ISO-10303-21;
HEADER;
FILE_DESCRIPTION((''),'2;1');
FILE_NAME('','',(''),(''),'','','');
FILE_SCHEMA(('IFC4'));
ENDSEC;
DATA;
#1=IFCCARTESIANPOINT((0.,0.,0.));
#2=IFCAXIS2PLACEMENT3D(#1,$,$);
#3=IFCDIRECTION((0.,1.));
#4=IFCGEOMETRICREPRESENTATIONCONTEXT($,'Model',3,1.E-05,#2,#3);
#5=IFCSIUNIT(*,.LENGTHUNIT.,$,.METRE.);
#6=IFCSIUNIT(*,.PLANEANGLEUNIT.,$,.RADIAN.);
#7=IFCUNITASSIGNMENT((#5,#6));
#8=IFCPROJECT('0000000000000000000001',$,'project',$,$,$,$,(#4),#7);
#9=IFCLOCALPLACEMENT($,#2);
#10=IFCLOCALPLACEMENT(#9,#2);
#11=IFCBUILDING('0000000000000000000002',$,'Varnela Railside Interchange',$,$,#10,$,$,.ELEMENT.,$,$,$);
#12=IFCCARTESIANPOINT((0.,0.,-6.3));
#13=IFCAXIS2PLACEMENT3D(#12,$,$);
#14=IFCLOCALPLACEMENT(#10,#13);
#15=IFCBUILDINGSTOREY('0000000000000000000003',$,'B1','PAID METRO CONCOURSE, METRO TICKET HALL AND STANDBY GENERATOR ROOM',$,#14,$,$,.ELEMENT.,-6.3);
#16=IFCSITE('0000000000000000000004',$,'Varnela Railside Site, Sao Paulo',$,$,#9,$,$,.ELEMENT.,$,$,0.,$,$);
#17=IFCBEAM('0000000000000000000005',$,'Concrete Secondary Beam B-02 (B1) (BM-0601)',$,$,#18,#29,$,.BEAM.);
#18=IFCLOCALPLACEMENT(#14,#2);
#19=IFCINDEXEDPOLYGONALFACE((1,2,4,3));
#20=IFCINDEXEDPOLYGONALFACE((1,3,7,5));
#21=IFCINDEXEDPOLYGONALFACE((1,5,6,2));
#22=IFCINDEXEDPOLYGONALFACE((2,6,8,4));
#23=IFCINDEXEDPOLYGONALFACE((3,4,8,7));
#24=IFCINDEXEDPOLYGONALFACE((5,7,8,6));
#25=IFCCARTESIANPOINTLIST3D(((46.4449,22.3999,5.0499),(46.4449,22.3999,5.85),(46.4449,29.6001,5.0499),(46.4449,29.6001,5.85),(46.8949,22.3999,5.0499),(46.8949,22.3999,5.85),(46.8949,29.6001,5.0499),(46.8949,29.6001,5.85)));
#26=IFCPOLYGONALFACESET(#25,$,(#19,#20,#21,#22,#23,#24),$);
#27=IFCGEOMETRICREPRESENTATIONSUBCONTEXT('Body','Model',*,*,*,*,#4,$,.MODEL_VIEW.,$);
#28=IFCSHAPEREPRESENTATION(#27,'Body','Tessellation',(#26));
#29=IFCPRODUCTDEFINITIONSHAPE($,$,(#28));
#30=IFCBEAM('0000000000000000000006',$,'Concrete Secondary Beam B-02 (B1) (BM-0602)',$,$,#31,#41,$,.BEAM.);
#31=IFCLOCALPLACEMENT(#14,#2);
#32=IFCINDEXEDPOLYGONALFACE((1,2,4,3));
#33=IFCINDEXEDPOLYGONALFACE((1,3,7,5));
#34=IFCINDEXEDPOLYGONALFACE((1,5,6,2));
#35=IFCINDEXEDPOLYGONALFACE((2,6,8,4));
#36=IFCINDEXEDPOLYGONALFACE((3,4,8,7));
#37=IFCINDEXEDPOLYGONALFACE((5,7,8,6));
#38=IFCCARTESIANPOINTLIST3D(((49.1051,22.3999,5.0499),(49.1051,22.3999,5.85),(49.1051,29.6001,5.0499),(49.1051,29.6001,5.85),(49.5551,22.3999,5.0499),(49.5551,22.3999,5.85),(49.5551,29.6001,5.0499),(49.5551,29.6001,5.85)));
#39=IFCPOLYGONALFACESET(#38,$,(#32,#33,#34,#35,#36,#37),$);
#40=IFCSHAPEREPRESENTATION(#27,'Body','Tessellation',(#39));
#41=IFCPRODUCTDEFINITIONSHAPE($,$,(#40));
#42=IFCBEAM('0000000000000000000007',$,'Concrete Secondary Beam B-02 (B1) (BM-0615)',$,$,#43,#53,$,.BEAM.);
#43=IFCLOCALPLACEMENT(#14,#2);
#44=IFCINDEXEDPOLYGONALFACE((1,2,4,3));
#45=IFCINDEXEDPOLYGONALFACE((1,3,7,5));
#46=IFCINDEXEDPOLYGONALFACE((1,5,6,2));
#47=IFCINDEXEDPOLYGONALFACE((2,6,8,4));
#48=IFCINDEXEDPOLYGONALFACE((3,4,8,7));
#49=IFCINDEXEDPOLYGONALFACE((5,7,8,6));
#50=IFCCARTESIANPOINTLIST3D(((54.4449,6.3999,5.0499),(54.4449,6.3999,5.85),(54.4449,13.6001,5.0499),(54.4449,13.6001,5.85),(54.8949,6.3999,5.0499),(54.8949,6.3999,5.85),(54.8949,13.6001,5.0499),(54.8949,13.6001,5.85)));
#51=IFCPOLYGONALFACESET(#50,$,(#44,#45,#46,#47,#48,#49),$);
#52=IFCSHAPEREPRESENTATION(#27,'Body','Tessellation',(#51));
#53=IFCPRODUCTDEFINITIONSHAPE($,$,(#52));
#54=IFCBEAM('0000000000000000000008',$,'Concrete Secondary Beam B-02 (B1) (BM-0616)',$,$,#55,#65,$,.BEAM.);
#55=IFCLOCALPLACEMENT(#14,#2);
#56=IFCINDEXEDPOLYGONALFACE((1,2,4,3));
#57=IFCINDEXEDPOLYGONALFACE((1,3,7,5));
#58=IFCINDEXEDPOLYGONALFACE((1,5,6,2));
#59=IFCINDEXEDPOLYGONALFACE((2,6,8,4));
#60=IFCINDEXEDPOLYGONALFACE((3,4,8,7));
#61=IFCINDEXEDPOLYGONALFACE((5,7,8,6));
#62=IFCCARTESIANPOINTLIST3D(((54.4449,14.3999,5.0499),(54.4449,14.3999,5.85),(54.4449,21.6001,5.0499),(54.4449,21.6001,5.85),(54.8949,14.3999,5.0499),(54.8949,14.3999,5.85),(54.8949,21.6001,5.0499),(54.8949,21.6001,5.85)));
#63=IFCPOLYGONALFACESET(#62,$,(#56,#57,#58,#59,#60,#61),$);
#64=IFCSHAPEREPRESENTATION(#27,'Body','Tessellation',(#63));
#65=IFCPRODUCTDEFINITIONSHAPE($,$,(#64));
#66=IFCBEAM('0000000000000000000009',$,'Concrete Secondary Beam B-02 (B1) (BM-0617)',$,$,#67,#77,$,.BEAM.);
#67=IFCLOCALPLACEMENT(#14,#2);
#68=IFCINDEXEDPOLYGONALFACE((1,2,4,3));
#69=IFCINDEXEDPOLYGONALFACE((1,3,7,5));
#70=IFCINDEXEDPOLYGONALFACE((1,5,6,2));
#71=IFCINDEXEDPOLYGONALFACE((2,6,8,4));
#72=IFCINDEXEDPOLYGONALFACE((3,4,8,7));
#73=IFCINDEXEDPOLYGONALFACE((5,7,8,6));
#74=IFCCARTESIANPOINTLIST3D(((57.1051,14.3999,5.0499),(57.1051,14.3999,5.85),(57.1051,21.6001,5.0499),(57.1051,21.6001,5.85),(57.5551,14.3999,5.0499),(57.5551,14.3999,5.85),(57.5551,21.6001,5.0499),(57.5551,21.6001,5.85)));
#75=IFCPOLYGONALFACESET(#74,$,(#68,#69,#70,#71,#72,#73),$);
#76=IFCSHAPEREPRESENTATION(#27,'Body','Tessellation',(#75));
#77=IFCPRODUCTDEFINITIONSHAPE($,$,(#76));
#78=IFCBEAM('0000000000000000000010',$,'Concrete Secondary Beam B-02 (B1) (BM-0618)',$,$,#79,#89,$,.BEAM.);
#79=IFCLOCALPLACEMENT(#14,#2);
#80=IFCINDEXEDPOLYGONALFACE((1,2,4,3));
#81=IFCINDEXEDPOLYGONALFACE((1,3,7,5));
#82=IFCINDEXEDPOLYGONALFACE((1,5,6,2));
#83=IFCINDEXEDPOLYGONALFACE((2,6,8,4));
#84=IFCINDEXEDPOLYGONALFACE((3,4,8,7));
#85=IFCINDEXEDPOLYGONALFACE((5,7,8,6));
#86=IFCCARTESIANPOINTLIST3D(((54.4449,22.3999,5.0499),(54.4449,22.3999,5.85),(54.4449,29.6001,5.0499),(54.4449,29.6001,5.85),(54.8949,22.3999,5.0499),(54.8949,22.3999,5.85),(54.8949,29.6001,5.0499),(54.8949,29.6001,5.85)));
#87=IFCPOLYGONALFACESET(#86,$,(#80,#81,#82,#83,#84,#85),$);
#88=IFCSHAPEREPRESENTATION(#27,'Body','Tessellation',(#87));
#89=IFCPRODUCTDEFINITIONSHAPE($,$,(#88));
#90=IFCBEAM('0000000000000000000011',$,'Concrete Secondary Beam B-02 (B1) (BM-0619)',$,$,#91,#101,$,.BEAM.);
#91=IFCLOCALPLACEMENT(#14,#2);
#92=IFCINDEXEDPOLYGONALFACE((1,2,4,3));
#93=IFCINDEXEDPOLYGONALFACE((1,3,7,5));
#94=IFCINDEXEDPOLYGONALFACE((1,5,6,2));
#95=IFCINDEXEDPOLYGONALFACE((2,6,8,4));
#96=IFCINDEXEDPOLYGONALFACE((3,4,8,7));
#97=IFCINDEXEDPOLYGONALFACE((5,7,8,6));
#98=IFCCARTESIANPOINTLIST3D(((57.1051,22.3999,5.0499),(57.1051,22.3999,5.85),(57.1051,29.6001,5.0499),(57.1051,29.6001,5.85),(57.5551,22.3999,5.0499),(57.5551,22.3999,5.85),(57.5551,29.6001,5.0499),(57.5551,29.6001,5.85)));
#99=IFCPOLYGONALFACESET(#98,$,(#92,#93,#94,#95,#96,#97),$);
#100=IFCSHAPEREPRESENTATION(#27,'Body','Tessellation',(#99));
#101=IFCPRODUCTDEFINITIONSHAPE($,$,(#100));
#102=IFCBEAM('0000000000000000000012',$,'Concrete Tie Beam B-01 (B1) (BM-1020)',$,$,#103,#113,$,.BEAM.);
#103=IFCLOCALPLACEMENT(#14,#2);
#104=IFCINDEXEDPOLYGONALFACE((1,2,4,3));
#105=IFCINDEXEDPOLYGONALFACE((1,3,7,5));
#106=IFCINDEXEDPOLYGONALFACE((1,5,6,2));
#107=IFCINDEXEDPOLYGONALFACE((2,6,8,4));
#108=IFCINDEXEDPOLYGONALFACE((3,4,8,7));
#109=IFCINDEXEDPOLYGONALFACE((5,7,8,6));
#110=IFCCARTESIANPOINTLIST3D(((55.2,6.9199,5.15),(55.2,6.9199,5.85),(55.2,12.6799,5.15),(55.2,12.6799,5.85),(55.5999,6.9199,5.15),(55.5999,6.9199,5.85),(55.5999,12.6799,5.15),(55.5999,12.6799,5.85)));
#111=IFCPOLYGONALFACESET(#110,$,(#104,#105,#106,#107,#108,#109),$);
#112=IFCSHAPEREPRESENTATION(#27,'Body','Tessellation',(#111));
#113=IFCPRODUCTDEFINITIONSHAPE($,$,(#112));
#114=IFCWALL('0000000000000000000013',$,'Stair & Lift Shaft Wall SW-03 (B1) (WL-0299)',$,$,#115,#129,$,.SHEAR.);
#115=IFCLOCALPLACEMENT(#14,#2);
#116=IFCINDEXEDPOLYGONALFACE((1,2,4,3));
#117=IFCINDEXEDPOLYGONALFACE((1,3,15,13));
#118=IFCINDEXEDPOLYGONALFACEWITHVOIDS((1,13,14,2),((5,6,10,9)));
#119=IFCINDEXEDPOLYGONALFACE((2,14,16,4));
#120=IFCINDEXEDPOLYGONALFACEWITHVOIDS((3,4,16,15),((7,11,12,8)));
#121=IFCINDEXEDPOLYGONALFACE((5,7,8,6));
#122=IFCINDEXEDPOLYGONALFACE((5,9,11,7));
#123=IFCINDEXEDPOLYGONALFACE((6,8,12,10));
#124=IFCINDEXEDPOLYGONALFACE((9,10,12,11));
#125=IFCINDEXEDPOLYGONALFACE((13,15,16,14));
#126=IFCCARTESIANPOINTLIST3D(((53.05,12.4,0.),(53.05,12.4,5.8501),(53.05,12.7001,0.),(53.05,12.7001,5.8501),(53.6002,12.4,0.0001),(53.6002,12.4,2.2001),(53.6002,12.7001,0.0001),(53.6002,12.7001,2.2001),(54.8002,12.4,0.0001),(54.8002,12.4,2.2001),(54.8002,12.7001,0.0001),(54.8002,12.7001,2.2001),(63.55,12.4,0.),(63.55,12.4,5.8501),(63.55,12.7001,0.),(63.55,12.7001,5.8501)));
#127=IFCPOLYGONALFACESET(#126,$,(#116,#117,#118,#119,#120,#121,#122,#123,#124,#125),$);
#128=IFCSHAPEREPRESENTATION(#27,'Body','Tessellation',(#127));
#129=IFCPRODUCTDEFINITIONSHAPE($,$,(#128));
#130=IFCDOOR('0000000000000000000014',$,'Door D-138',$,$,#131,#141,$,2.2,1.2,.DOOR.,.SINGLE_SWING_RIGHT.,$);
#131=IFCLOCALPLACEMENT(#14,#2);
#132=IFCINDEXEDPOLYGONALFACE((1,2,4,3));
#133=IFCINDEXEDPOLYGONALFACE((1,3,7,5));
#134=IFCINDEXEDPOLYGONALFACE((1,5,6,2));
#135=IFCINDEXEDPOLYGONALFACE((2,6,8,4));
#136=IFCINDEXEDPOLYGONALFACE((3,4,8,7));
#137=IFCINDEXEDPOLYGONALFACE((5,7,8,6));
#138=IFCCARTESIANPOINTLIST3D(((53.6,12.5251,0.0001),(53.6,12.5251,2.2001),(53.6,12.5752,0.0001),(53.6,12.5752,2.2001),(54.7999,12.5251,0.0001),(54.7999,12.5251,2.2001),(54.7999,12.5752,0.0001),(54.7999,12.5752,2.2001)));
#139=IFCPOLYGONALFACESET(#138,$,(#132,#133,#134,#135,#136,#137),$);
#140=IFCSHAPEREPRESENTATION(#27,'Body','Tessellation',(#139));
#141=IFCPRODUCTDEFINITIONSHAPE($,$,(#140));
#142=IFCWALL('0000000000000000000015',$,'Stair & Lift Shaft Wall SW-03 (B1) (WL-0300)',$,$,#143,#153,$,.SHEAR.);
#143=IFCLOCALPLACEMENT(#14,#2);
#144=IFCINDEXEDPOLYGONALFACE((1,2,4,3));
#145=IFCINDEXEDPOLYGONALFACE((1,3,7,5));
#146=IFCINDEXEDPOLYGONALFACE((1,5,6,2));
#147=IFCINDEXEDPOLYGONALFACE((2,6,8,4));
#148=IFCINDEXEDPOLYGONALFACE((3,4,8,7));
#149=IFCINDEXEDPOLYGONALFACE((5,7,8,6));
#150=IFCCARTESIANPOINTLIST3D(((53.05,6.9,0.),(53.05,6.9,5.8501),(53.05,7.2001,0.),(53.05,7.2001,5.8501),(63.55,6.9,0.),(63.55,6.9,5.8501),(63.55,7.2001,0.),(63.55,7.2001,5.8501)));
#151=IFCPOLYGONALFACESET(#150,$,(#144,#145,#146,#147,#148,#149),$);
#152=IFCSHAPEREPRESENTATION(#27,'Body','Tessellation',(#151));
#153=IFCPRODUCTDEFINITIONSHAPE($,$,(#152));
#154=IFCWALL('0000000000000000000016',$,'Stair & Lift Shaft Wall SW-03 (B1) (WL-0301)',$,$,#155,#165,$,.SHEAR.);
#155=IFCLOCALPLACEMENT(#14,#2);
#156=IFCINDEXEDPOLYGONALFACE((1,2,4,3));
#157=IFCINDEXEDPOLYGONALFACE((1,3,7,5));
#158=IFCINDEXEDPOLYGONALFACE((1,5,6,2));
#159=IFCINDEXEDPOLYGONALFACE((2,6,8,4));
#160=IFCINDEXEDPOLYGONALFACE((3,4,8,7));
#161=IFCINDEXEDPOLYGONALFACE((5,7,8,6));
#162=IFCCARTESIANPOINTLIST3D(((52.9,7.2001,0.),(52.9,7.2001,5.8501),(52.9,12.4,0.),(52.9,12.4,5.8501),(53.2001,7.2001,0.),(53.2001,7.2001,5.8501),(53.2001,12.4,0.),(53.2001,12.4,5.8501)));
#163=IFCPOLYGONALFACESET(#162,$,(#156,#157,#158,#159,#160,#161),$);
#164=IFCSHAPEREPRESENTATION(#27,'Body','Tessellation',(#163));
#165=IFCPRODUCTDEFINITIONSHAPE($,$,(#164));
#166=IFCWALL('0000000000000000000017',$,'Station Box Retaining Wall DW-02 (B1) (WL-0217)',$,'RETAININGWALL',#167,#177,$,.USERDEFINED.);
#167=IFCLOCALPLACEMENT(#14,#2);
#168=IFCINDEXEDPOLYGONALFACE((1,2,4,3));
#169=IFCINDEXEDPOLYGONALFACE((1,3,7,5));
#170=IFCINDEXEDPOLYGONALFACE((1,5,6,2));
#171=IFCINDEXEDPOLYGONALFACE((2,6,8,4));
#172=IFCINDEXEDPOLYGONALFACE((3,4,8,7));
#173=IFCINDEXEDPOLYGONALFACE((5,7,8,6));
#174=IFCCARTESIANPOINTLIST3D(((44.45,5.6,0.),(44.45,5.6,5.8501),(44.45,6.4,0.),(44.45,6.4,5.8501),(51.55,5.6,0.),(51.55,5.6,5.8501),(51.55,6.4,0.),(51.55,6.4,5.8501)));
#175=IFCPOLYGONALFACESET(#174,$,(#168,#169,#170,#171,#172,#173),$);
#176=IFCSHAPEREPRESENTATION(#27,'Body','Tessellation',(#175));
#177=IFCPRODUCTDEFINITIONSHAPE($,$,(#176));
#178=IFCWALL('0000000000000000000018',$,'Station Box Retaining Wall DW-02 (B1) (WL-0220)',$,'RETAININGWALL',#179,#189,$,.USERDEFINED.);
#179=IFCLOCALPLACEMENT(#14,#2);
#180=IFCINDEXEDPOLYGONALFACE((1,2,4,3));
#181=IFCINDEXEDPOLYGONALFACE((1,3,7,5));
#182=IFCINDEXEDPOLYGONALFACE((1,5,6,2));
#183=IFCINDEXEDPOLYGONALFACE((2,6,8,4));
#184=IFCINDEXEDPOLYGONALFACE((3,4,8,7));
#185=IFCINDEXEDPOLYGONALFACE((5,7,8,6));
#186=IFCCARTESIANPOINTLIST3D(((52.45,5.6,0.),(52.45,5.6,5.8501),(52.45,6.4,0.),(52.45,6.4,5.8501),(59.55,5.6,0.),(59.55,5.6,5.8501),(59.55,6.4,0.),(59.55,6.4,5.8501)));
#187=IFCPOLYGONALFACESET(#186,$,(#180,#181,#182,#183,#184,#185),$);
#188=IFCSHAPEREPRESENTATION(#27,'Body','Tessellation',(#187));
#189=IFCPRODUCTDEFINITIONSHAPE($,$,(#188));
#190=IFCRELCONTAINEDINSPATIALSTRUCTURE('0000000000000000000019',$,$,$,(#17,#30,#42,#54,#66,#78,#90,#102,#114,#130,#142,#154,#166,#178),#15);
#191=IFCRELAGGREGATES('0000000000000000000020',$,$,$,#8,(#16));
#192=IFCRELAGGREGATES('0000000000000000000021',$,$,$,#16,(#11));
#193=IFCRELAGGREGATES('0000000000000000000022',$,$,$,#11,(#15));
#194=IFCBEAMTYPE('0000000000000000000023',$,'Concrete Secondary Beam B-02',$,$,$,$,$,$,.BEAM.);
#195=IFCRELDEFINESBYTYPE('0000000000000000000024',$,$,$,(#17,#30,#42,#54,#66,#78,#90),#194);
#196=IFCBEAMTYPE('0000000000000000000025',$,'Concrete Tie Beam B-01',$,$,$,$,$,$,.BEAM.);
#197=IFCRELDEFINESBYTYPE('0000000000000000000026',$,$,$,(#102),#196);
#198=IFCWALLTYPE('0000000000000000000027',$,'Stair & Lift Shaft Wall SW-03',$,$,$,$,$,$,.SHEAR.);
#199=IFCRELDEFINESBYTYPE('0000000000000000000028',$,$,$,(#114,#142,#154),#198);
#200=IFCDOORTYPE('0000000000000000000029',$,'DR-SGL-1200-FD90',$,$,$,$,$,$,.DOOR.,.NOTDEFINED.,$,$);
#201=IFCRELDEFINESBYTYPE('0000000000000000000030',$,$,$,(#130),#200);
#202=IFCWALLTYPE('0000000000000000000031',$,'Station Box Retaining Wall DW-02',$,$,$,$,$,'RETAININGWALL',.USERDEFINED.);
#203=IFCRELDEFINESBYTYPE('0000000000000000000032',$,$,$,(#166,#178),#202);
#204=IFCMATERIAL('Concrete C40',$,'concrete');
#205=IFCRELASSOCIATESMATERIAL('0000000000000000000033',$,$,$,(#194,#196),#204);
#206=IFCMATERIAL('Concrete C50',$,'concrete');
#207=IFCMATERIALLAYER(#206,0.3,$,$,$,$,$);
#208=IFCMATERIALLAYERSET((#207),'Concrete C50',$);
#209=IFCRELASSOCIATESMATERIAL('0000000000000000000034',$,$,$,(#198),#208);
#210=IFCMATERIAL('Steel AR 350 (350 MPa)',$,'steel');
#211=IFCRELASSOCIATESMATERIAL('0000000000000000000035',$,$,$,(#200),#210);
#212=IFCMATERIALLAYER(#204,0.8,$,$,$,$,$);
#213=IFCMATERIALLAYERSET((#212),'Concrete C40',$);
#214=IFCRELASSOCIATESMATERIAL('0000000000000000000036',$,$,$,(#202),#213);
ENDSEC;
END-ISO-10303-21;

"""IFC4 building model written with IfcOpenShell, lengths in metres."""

from ifc_helpers import new_model, si_unit, direction, frame, frame_2d, origin, origin_2d, place, context, subcontext, project, spatial, rectangle, extrude, material, layer, layer_set, material_profile, profile_set, type_object, element, fill, save


model = new_model("IFC4")

# Units and contexts
model_context = context("Model", 3, precision=1e-05, world=origin(), true_north=direction((0.0, 1.0)))
body_context = subcontext(model_context, "Body", "Model", "MODEL_VIEW")
ifc_project = project(units=[si_unit("LENGTHUNIT", "METRE"), si_unit("PLANEANGLEUNIT", "RADIAN")], contexts=[model_context])

# Site, building, storey
site_placement = place(None, origin())
site = spatial("IfcSite", under=ifc_project, at=site_placement, Name="Varnela Railside Site, Sao Paulo", CompositionType="ELEMENT", RefElevation=0.0)
building_placement = place(site_placement, origin())
building = spatial("IfcBuilding", under=site, at=building_placement, Name="Varnela Railside Interchange", CompositionType="ELEMENT")
storey_placement = place(building_placement, frame((0.0, 0.0, -6.3)))
storey = spatial("IfcBuildingStorey", under=building, at=storey_placement, Name="B1", Description="PAID METRO CONCOURSE, METRO TICKET HALL AND STANDBY GENERATOR ROOM", CompositionType="ELEMENT", Elevation=-6.3)

# Shared definitions
ifc_material_1 = material(Name="Concrete C50", Category="concrete")

# Beams
ifc_material_2 = material(Name="Concrete C40", Category="concrete")
ifc_material_profile_1 = material_profile(ifc_material_2, rectangle(XDim=0.45, YDim=0.8, at=origin_2d()), Name="RC 450x800")
ifc_profile_set_1 = profile_set([ifc_material_profile_1], Name="Concrete C40")
beam_type_1 = type_object("IfcBeamType", Name="Concrete Secondary Beam B-02", PredefinedType="BEAM", material=ifc_profile_set_1)
for number, where, z_axis, x_axis, name in (
    (1, (46.6699, 22.3999, 5.45), (0.0, 1.0, 0.0), (-1.0, 0.0, 0.0), "Concrete Secondary Beam B-02 (B1) (BM-0601)"),
    (2, (49.3301, 22.3999, 5.45), (0.0, 1.0, 0.0), (-1.0, 0.0, 0.0), "Concrete Secondary Beam B-02 (B1) (BM-0602)"),
    (3, (54.6699, 6.3999, 5.45), (0.0, 1.0, 0.0), (-1.0, 0.0, 0.0), "Concrete Secondary Beam B-02 (B1) (BM-0615)"),
    (4, (54.6699, 14.3999, 5.45), (0.0, 1.0, 0.0), (-1.0, 0.0, 0.0), "Concrete Secondary Beam B-02 (B1) (BM-0616)"),
    (5, (57.3301, 14.3999, 5.45), (0.0, 1.0, 0.0), (-1.0, 0.0, 0.0), "Concrete Secondary Beam B-02 (B1) (BM-0617)"),
    (6, (54.6699, 22.3999, 5.45), (0.0, 1.0, 0.0), (-1.0, 0.0, 0.0), "Concrete Secondary Beam B-02 (B1) (BM-0618)"),
    (7, (57.3301, 22.3999, 5.45), (0.0, 1.0, 0.0), (-1.0, 0.0, 0.0), "Concrete Secondary Beam B-02 (B1) (BM-0619)"),
):
    element("IfcBeam", number, at=place(storey_placement, frame(where, z_axis=z_axis, x_axis=x_axis)), inside=storey, type_object=beam_type_1, Name=name, PredefinedType="BEAM", context=body_context, shape_type="SweptSolid", body=[
        extrude(rectangle(XDim=0.45, YDim=0.8, at=origin_2d()), origin(), (0.0, 0.0, 1.0), 7.2002),
    ])
ifc_material_profile_2 = material_profile(ifc_material_2, rectangle(XDim=0.3999, YDim=0.7, at=origin_2d()), Name="RC 400x700")
ifc_profile_set_2 = profile_set([ifc_material_profile_2], Name="Concrete C40")
beam_type_2 = type_object("IfcBeamType", Name="Concrete Tie Beam B-01", PredefinedType="BEAM", material=ifc_profile_set_2)
beam_placement = place(storey_placement, frame((55.3999, 6.9199, 5.5), z_axis=(0.0, 1.0, 0.0), x_axis=(-1.0, 0.0, 0.0)))
element("IfcBeam", 8, at=beam_placement, inside=storey, type_object=beam_type_2, Name="Concrete Tie Beam B-01 (B1) (BM-1020)", PredefinedType="BEAM", context=body_context, shape_type="SweptSolid", body=[
    extrude(rectangle(XDim=0.3999, YDim=0.7, at=origin_2d()), origin(), (0.0, 0.0, 1.0), 5.76),
])

# Wall, opening, door
ifc_layer_1 = layer(ifc_material_1, 0.3)
ifc_layer_set_1 = layer_set([ifc_layer_1], Name="Concrete C50")
wall_type_1 = type_object("IfcWallType", Name="Stair & Lift Shaft Wall SW-03", PredefinedType="SHEAR", material=ifc_layer_set_1)
wall_1_placement = place(storey_placement, frame((53.05, 12.55, 0.0), z_axis=(0.0, 0.0, 1.0), x_axis=(1.0, 0.0, 0.0)))
wall_1 = element("IfcWall", 9, at=wall_1_placement, inside=storey, type_object=wall_type_1, Name="Stair & Lift Shaft Wall SW-03 (B1) (WL-0299)", PredefinedType="SHEAR", context=body_context, shape_type="SweptSolid", body=[
    extrude(rectangle(XDim=10.5, YDim=0.3, at=frame_2d((5.25, 0.0))), origin(), (0.0, 0.0, 1.0), 5.8501),
])
opening_placement = place(wall_1_placement, frame((0.55, 0.0, 0.0)))
opening = element("IfcOpeningElement", 10, at=opening_placement, cuts=wall_1, PredefinedType="OPENING", context=body_context, shape_type="SweptSolid", body=[
    extrude(rectangle(XDim=1.2, YDim=2.2, at=frame_2d((0.6001, 1.1001))), frame((0.0, 0.1599, 0.0), z_axis=(0.0, -1.0, 0.0), x_axis=(1.0, 0.0, 0.0)), (0.0, 0.0, 1.0), 0.3201),
])
ifc_material_3 = material(Name="Steel AR 350 (350 MPa)", Category="steel")
door_type = type_object("IfcDoorType", Name="DR-SGL-1200-FD90", OperationType="NOTDEFINED", PredefinedType="DOOR", material=ifc_material_3)
door_placement = place(opening_placement, frame((1.2, 0.0, 0.0), z_axis=(0.0, 0.0, 1.0), x_axis=(-1.0, 0.0, 0.0)))
door = element("IfcDoor", 11, at=door_placement, inside=storey, type_object=door_type, Name="Door D-138", OperationType="SINGLE_SWING_RIGHT", OverallHeight=2.2, OverallWidth=1.2, PredefinedType="DOOR", context=body_context, shape_type="SweptSolid", body=[
    extrude(rectangle(XDim=1.2, YDim=2.2, at=frame_2d((0.6001, 1.1001))), frame((0.0, 0.0249, 0.0), z_axis=(0.0, -1.0, 0.0), x_axis=(1.0, 0.0, 0.0)), (0.0, 0.0, 1.0), 0.05),
])
fill(opening, door)

# Walls
wall_2_placement = place(storey_placement, frame((53.05, 7.05, 0.0), z_axis=(0.0, 0.0, 1.0), x_axis=(1.0, 0.0, 0.0)))
element("IfcWall", 12, at=wall_2_placement, inside=storey, type_object=wall_type_1, Name="Stair & Lift Shaft Wall SW-03 (B1) (WL-0300)", PredefinedType="SHEAR", context=body_context, shape_type="SweptSolid", body=[
    extrude(rectangle(XDim=10.5, YDim=0.3, at=frame_2d((5.25, 0.0))), origin(), (0.0, 0.0, 1.0), 5.8501),
])
wall_3_placement = place(storey_placement, frame((53.05, 7.2, 0.0), z_axis=(0.0, 0.0, 1.0), x_axis=(0.0, 1.0, 0.0)))
element("IfcWall", 13, at=wall_3_placement, inside=storey, type_object=wall_type_1, Name="Stair & Lift Shaft Wall SW-03 (B1) (WL-0301)", PredefinedType="SHEAR", context=body_context, shape_type="SweptSolid", body=[
    extrude(rectangle(XDim=5.2, YDim=0.3, at=frame_2d((2.6001, 0.0))), origin(), (0.0, 0.0, 1.0), 5.8501),
])
ifc_layer_2 = layer(ifc_material_2, 0.8)
ifc_layer_set_2 = layer_set([ifc_layer_2], Name="Concrete C40")
wall_type_2 = type_object("IfcWallType", Name="Station Box Retaining Wall DW-02", ElementType="RETAININGWALL", PredefinedType="USERDEFINED", material=ifc_layer_set_2)
for number, where, z_axis, x_axis, name in (
    (14, (44.45, 6.0, 0.0), (0.0, 0.0, 1.0), (1.0, 0.0, 0.0), "Station Box Retaining Wall DW-02 (B1) (WL-0217)"),
    (15, (52.45, 6.0, 0.0), (0.0, 0.0, 1.0), (1.0, 0.0, 0.0), "Station Box Retaining Wall DW-02 (B1) (WL-0220)"),
):
    element("IfcWall", number, at=place(storey_placement, frame(where, z_axis=z_axis, x_axis=x_axis)), inside=storey, type_object=wall_type_2, Name=name, ObjectType="RETAININGWALL", PredefinedType="USERDEFINED", context=body_context, shape_type="SweptSolid", body=[
        extrude(rectangle(XDim=7.1001, YDim=0.8, at=frame_2d((3.55, 0.0))), origin(), (0.0, 0.0, 1.0), 5.8501),
    ])

save(model, "model.ifc")
